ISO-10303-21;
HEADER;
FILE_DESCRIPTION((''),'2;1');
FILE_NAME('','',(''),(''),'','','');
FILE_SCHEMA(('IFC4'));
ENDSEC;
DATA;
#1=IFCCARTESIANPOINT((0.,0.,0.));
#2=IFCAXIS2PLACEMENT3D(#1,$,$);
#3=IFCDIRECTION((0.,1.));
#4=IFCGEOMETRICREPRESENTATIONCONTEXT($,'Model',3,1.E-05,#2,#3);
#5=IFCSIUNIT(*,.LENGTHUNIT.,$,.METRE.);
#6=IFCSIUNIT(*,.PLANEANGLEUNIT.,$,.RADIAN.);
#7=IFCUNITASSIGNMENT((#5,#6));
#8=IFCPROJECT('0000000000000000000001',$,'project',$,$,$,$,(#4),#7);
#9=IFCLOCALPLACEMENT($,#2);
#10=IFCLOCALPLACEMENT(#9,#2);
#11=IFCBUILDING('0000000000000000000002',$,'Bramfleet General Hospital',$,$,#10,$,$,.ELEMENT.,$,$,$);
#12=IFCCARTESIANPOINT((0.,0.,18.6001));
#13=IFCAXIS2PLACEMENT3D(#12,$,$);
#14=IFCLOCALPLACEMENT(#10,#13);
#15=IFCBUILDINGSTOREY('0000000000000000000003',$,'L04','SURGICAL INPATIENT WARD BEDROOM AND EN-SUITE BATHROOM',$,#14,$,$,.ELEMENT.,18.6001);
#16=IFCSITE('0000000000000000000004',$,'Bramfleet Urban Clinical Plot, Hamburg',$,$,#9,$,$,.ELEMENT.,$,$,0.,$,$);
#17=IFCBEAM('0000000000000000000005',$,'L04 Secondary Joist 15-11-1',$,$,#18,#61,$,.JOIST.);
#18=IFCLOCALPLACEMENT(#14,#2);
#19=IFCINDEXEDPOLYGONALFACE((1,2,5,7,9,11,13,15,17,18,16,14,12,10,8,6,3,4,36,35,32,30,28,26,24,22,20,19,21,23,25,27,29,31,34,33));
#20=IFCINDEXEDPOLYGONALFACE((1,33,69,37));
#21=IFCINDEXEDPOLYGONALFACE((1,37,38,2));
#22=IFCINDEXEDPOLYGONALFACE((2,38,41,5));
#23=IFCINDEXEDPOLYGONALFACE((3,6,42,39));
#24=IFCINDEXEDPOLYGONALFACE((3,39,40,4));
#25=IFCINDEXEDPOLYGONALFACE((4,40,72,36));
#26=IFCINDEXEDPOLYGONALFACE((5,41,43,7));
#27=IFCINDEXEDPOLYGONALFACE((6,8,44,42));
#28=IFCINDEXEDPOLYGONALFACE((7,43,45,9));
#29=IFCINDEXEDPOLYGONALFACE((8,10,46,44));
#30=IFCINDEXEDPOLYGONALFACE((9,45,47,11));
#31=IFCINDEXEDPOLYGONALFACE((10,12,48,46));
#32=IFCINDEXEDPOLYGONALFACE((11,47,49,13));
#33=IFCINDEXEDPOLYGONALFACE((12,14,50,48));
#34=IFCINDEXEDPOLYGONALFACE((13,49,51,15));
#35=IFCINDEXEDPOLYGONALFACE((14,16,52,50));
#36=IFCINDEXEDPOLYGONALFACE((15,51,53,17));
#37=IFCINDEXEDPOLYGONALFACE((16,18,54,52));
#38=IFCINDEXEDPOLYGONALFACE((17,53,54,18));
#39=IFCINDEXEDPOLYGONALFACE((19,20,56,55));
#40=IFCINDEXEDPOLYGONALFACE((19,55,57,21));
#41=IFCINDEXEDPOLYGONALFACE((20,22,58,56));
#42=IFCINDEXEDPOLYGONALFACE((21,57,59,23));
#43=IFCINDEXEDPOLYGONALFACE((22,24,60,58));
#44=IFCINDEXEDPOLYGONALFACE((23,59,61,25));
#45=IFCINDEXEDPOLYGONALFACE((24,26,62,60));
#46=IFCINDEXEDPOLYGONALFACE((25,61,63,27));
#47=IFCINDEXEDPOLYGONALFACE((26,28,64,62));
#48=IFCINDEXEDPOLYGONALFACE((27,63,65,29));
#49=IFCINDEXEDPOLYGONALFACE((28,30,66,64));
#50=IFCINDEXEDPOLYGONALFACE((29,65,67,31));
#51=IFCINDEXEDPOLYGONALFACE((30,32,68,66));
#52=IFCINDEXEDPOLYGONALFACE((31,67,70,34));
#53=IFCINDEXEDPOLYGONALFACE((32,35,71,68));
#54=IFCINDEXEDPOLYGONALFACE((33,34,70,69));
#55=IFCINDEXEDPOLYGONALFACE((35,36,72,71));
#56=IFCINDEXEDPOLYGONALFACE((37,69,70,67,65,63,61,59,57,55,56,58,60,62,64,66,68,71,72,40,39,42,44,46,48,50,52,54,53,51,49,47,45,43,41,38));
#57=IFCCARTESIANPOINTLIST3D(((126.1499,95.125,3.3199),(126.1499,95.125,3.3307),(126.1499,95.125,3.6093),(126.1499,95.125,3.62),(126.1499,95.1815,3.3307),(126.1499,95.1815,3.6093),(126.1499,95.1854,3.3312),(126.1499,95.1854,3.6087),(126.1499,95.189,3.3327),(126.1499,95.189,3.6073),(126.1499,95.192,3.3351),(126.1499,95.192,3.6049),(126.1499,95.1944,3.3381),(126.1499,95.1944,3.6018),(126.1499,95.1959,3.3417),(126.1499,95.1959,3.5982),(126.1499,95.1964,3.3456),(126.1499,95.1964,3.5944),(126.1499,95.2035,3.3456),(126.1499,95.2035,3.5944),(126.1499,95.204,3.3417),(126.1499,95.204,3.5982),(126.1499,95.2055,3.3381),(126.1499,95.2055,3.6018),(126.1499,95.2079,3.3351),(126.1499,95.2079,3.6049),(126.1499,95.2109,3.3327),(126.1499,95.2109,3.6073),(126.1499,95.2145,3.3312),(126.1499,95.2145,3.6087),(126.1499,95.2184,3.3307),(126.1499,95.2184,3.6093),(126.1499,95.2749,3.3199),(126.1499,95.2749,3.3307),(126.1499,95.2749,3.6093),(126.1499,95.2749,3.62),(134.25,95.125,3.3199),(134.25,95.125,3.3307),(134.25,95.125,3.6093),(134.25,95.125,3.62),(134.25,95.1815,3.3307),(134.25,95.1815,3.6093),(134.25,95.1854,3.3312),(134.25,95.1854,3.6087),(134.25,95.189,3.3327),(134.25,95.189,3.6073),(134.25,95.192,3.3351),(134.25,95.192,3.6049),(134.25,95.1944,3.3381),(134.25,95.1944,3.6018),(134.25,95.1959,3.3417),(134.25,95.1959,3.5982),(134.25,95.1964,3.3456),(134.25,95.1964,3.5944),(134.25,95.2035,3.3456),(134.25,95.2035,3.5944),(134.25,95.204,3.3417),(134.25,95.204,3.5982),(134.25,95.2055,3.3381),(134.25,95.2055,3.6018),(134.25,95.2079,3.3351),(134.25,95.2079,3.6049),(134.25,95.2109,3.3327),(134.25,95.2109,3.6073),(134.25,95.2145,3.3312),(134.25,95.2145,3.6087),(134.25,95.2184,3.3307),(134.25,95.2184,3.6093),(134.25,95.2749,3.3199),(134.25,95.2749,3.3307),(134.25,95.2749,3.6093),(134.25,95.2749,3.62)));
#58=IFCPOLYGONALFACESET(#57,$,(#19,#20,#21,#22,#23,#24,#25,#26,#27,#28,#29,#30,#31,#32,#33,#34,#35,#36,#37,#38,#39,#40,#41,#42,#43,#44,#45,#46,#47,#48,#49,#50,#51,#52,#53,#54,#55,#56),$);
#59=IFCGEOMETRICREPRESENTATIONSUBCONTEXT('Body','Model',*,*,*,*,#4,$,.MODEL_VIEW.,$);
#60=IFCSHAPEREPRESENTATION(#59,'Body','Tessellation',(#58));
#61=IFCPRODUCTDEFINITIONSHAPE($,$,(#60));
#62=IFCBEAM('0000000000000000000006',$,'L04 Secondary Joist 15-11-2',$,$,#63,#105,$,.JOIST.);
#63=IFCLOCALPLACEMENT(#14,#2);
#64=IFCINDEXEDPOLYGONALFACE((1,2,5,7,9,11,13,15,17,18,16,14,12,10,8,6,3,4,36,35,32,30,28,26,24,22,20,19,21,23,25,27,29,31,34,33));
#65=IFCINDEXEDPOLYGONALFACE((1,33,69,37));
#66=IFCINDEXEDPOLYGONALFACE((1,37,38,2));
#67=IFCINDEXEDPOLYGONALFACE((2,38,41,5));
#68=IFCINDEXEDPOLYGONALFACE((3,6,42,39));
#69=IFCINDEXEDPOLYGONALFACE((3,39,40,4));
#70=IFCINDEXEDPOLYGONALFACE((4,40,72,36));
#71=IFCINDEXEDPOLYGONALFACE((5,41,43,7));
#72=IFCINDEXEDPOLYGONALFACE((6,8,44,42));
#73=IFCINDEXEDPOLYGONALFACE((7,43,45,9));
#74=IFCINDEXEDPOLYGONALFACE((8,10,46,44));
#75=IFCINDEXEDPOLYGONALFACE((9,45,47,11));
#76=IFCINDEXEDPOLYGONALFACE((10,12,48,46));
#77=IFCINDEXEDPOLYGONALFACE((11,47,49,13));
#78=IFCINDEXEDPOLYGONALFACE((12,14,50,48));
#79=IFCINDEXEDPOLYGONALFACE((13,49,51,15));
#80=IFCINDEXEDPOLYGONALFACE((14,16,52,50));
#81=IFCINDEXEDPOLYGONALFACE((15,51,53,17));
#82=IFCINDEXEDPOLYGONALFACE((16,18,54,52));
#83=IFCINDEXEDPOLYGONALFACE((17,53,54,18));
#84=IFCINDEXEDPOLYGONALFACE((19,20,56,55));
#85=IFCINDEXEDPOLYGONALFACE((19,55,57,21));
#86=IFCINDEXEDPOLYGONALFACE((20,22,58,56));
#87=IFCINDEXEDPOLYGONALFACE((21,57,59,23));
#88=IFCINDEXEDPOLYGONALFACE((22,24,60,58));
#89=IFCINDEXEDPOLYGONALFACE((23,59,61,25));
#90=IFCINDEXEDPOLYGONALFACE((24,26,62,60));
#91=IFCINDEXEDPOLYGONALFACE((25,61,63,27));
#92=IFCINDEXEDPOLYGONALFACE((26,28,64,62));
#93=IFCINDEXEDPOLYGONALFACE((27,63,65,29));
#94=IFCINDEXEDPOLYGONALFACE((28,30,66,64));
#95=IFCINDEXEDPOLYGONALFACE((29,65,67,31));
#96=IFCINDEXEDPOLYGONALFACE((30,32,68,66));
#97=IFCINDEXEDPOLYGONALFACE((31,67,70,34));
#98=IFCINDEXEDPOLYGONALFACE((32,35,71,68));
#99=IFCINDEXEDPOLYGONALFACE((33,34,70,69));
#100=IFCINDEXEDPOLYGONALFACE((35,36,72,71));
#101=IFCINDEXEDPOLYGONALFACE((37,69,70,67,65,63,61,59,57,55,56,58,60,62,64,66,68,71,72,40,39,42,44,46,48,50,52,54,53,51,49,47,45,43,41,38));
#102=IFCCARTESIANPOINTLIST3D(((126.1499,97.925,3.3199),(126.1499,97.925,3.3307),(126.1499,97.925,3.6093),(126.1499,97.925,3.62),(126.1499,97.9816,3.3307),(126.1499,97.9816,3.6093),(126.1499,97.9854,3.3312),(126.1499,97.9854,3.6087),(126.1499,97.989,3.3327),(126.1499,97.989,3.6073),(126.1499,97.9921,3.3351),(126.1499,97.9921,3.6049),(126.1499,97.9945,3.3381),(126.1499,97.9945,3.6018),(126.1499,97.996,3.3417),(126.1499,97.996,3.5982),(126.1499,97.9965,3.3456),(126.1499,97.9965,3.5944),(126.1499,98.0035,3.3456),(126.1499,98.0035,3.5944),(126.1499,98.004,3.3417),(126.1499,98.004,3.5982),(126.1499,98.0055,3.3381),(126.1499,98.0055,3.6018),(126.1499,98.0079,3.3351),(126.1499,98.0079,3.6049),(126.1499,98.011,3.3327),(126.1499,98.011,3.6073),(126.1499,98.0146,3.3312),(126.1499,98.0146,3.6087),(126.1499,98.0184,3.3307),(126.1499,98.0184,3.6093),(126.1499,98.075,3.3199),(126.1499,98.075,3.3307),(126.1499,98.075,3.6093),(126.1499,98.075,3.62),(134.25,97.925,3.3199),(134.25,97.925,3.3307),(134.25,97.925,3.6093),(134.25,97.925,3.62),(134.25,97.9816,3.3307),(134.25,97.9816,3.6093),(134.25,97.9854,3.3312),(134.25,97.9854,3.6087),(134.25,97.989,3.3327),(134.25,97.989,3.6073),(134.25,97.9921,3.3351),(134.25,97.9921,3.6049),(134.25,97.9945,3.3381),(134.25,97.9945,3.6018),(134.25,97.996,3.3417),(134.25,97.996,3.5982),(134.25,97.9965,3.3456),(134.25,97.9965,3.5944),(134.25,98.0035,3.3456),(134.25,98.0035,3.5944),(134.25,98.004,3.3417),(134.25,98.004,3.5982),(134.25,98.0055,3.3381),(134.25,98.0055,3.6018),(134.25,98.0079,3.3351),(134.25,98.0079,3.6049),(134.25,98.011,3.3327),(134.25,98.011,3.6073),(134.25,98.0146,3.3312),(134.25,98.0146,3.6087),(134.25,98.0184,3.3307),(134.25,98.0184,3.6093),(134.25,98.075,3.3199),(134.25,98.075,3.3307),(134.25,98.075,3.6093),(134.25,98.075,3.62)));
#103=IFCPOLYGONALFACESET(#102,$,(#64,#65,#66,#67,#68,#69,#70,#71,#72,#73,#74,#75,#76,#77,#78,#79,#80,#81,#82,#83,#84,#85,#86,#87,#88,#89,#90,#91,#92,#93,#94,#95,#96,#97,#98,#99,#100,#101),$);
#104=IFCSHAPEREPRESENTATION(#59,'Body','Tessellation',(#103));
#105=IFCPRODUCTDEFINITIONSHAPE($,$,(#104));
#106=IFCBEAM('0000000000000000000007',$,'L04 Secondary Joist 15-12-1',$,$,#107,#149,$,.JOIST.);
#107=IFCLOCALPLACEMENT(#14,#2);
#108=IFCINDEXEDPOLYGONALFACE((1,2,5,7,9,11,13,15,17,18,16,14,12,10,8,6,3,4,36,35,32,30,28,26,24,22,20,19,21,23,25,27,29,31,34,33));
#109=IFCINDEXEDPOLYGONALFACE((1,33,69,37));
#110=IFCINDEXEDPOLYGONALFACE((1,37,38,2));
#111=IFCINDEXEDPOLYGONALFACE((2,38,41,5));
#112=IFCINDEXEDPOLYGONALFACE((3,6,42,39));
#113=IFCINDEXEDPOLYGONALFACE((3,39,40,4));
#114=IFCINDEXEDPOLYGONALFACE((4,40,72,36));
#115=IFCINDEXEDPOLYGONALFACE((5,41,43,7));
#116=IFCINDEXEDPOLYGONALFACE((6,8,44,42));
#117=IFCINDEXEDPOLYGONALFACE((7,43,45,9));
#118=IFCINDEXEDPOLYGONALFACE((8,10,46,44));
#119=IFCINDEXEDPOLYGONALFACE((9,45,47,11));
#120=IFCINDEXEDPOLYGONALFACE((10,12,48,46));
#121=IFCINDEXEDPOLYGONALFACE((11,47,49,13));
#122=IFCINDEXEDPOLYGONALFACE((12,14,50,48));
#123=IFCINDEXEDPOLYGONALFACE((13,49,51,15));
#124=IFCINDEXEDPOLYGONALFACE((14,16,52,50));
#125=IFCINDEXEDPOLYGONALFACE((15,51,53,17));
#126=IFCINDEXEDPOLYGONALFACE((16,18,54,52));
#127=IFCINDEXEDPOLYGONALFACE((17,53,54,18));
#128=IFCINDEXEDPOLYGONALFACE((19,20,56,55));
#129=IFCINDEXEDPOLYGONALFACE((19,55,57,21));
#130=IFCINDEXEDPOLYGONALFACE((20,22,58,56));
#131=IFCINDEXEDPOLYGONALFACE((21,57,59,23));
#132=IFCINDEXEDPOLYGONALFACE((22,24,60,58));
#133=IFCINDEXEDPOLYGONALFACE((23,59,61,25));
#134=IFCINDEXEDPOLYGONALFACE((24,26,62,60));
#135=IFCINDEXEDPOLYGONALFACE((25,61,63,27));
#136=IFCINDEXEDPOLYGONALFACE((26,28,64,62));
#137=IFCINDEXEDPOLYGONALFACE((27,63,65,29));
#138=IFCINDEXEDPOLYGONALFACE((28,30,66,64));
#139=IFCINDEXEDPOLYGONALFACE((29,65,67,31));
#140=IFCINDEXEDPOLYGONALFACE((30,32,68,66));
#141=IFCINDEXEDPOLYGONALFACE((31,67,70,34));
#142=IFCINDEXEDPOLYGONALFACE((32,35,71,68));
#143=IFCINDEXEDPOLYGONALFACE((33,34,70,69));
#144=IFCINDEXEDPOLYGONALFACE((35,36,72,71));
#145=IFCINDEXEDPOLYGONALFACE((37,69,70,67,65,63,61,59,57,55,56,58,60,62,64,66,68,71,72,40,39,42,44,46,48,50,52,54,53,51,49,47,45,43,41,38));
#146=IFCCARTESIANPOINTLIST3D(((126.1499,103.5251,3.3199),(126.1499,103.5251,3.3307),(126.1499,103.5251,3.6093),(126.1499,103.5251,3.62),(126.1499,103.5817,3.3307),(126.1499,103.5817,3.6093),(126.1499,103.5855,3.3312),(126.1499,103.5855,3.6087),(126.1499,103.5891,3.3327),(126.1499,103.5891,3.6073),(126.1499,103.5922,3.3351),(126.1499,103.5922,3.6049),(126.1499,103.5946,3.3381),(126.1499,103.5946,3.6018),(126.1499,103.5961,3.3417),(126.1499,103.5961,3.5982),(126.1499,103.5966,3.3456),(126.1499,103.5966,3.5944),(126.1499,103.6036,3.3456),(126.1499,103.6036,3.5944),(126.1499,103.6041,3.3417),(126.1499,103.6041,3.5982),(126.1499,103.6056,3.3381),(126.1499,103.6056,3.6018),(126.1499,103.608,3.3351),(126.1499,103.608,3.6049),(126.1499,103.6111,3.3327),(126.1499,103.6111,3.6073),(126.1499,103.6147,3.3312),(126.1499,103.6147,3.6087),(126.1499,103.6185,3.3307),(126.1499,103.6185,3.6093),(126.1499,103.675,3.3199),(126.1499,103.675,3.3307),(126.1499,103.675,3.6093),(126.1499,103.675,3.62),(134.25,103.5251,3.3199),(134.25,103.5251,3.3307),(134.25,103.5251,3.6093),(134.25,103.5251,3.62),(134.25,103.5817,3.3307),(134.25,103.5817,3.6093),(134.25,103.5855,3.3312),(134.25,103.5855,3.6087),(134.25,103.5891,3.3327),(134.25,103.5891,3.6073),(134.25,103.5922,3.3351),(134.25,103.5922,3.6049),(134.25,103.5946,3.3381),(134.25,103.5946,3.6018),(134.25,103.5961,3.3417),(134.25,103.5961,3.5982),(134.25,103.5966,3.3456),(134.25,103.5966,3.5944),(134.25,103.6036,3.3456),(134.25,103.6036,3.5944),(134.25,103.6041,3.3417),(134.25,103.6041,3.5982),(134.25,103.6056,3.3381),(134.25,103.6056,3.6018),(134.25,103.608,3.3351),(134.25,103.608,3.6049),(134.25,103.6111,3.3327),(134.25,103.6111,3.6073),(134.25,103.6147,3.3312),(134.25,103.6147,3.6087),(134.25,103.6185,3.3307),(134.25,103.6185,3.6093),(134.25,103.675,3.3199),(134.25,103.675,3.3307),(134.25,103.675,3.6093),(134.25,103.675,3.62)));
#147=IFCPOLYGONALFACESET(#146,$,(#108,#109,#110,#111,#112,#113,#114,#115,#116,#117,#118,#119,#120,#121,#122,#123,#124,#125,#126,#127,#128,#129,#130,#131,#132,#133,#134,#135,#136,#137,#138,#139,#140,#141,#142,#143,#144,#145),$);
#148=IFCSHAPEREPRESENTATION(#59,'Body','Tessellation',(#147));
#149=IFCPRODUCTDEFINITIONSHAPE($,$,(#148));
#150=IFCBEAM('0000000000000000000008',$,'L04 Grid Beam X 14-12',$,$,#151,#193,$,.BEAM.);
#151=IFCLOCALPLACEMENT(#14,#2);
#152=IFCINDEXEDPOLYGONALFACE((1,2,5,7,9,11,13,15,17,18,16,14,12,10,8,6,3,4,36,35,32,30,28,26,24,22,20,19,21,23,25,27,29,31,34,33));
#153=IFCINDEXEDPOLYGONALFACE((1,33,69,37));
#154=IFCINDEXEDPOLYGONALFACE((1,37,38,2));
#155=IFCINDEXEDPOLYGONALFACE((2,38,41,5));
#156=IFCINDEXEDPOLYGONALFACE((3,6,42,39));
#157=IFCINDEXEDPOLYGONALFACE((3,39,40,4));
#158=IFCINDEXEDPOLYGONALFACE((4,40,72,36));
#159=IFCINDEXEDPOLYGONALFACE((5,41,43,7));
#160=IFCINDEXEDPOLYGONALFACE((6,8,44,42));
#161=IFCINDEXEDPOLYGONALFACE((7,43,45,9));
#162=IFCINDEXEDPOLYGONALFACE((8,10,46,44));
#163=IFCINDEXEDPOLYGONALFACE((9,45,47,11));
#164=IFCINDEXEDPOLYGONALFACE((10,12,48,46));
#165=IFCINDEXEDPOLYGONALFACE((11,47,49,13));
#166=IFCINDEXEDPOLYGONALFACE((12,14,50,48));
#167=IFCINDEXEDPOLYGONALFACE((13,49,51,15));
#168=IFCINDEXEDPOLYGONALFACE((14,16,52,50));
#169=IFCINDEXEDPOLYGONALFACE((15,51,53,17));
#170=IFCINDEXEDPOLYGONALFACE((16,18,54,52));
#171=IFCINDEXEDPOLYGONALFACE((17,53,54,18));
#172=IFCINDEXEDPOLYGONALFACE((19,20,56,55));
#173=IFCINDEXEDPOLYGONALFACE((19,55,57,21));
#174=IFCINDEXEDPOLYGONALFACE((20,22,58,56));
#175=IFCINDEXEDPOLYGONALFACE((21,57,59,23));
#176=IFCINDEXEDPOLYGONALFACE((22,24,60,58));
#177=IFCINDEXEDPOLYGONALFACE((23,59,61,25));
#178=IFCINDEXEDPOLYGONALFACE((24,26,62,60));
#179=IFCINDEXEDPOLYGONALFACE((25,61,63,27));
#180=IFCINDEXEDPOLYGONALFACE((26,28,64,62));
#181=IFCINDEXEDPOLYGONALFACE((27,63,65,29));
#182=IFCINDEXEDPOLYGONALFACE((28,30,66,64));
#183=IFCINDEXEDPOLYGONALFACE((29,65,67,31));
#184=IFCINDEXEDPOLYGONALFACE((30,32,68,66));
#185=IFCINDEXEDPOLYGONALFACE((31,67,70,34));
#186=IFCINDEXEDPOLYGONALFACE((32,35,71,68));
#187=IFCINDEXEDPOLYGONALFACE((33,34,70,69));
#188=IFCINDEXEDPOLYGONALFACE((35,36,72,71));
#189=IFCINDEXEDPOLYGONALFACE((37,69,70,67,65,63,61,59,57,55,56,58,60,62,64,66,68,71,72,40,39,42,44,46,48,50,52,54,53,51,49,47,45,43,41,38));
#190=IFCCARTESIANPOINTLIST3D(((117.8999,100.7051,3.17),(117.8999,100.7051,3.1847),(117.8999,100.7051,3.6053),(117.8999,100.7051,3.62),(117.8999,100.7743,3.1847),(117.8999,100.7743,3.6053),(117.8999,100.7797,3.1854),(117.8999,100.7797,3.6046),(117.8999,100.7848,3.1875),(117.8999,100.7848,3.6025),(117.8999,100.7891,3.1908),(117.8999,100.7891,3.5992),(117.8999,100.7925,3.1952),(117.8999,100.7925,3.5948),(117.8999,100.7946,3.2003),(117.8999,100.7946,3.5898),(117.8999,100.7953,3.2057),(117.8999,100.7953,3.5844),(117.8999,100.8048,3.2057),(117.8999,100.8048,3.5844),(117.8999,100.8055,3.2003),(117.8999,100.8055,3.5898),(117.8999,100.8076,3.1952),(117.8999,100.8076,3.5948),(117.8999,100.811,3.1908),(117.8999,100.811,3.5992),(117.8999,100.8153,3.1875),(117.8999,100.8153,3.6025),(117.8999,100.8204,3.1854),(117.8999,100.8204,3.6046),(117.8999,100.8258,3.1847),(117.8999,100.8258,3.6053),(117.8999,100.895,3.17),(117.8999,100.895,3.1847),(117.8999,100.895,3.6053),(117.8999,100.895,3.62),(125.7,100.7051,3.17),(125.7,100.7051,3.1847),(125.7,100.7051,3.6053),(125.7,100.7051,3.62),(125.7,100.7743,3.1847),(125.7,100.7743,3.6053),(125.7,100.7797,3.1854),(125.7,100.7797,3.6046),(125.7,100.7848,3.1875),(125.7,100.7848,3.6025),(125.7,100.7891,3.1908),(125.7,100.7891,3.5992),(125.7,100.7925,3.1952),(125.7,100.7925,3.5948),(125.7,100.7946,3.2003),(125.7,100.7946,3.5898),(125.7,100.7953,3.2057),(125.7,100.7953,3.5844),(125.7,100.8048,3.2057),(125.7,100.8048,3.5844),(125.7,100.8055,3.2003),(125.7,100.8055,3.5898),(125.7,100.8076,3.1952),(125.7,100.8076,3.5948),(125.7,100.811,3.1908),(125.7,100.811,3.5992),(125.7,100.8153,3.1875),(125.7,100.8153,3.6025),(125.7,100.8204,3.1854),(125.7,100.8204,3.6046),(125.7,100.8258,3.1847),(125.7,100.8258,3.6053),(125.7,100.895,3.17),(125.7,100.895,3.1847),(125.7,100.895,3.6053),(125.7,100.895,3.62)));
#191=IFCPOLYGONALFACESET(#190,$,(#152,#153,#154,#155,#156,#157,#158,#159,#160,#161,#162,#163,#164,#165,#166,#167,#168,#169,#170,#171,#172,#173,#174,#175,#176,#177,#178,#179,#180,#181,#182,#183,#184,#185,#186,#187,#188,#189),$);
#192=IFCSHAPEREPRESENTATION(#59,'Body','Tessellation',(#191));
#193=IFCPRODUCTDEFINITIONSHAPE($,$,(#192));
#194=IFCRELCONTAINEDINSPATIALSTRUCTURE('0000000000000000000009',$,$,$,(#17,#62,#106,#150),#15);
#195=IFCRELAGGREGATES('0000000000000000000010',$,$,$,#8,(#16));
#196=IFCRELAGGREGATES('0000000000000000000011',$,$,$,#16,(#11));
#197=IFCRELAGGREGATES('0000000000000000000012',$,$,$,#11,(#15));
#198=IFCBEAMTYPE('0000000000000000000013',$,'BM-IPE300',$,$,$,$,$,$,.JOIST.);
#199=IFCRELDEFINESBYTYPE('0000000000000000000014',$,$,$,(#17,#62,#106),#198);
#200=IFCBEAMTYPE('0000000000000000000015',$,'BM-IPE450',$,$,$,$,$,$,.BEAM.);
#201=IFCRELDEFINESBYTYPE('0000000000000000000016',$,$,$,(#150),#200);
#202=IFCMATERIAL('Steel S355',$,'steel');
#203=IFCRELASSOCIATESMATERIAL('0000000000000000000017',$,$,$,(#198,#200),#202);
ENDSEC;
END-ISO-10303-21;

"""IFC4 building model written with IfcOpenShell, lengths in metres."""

from ifc_helpers import new_model, si_unit, direction, frame, origin, origin_2d, place, context, subcontext, project, spatial, i_section, extrude, material, material_profile, profile_set, type_object, element, save


model = new_model("IFC4")

# Units and contexts
model_context = context("Model", 3, precision=1e-05, world=origin(), true_north=direction((0.0, 1.0)))
body_context = subcontext(model_context, "Body", "Model", "MODEL_VIEW")
ifc_project = project(units=[si_unit("LENGTHUNIT", "METRE"), si_unit("PLANEANGLEUNIT", "RADIAN")], contexts=[model_context])

# Site, building, storey
site_placement = place(None, origin())
site = spatial("IfcSite", under=ifc_project, at=site_placement, Name="Bramfleet Urban Clinical Plot, Hamburg", CompositionType="ELEMENT", RefElevation=0.0)
building_placement = place(site_placement, origin())
building = spatial("IfcBuilding", under=site, at=building_placement, Name="Bramfleet General Hospital", CompositionType="ELEMENT")
storey_placement = place(building_placement, frame((0.0, 0.0, 18.6001)))
storey = spatial("IfcBuildingStorey", under=building, at=storey_placement, Name="L04", Description="SURGICAL INPATIENT WARD BEDROOM AND EN-SUITE BATHROOM", CompositionType="ELEMENT", Elevation=18.6001)

# Beams
ifc_material_1 = material(Name="Steel S355", Category="steel")
ifc_material_profile_1 = material_profile(ifc_material_1, i_section(OverallWidth=0.1499, OverallDepth=0.3, WebThickness=0.0071, FlangeThickness=0.0107, FilletRadius=0.0149, at=origin_2d()), Name="IPE 300")
ifc_profile_set_1 = profile_set([ifc_material_profile_1], Name="Steel S355")
beam_type_1 = type_object("IfcBeamType", Name="BM-IPE300", PredefinedType="JOIST", material=ifc_profile_set_1)
for number, where, z_axis, x_axis, name in (
    (1, (126.1499, 95.2, 3.47), (1.0, 0.0, 0.0), (0.0, 1.0, 0.0), "L04 Secondary Joist 15-11-1"),
    (2, (126.1499, 98.0, 3.47), (1.0, 0.0, 0.0), (0.0, 1.0, 0.0), "L04 Secondary Joist 15-11-2"),
    (3, (126.1499, 103.6001, 3.47), (1.0, 0.0, 0.0), (0.0, 1.0, 0.0), "L04 Secondary Joist 15-12-1"),
):
    element("IfcBeam", number, at=place(storey_placement, frame(where, z_axis=z_axis, x_axis=x_axis)), inside=storey, type_object=beam_type_1, Name=name, PredefinedType="JOIST", context=body_context, shape_type="SweptSolid", body=[
        extrude(i_section(OverallWidth=0.1499, OverallDepth=0.3, WebThickness=0.0071, FlangeThickness=0.0107, FilletRadius=0.0149, at=origin_2d()), origin(), (0.0, 0.0, 1.0), 8.1001),
    ])
ifc_material_profile_2 = material_profile(ifc_material_1, i_section(OverallWidth=0.1899, OverallDepth=0.45, WebThickness=0.0095, FlangeThickness=0.0146, FilletRadius=0.021, at=origin_2d()), Name="IPE 450")
ifc_profile_set_2 = profile_set([ifc_material_profile_2], Name="Steel S355")
beam_type_2 = type_object("IfcBeamType", Name="BM-IPE450", PredefinedType="BEAM", material=ifc_profile_set_2)
for number, where, z_axis, x_axis, name in (
    (4, (117.8999, 100.8, 3.395), (1.0, 0.0, 0.0), (0.0, 1.0, 0.0), "L04 Grid Beam X 14-12"),
):
    element("IfcBeam", number, at=place(storey_placement, frame(where, z_axis=z_axis, x_axis=x_axis)), inside=storey, type_object=beam_type_2, Name=name, PredefinedType="BEAM", context=body_context, shape_type="SweptSolid", body=[
        extrude(i_section(OverallWidth=0.1899, OverallDepth=0.45, WebThickness=0.0095, FlangeThickness=0.0146, FilletRadius=0.021, at=origin_2d()), origin(), (0.0, 0.0, 1.0), 7.8),
    ])

save(model, "model.ifc")
